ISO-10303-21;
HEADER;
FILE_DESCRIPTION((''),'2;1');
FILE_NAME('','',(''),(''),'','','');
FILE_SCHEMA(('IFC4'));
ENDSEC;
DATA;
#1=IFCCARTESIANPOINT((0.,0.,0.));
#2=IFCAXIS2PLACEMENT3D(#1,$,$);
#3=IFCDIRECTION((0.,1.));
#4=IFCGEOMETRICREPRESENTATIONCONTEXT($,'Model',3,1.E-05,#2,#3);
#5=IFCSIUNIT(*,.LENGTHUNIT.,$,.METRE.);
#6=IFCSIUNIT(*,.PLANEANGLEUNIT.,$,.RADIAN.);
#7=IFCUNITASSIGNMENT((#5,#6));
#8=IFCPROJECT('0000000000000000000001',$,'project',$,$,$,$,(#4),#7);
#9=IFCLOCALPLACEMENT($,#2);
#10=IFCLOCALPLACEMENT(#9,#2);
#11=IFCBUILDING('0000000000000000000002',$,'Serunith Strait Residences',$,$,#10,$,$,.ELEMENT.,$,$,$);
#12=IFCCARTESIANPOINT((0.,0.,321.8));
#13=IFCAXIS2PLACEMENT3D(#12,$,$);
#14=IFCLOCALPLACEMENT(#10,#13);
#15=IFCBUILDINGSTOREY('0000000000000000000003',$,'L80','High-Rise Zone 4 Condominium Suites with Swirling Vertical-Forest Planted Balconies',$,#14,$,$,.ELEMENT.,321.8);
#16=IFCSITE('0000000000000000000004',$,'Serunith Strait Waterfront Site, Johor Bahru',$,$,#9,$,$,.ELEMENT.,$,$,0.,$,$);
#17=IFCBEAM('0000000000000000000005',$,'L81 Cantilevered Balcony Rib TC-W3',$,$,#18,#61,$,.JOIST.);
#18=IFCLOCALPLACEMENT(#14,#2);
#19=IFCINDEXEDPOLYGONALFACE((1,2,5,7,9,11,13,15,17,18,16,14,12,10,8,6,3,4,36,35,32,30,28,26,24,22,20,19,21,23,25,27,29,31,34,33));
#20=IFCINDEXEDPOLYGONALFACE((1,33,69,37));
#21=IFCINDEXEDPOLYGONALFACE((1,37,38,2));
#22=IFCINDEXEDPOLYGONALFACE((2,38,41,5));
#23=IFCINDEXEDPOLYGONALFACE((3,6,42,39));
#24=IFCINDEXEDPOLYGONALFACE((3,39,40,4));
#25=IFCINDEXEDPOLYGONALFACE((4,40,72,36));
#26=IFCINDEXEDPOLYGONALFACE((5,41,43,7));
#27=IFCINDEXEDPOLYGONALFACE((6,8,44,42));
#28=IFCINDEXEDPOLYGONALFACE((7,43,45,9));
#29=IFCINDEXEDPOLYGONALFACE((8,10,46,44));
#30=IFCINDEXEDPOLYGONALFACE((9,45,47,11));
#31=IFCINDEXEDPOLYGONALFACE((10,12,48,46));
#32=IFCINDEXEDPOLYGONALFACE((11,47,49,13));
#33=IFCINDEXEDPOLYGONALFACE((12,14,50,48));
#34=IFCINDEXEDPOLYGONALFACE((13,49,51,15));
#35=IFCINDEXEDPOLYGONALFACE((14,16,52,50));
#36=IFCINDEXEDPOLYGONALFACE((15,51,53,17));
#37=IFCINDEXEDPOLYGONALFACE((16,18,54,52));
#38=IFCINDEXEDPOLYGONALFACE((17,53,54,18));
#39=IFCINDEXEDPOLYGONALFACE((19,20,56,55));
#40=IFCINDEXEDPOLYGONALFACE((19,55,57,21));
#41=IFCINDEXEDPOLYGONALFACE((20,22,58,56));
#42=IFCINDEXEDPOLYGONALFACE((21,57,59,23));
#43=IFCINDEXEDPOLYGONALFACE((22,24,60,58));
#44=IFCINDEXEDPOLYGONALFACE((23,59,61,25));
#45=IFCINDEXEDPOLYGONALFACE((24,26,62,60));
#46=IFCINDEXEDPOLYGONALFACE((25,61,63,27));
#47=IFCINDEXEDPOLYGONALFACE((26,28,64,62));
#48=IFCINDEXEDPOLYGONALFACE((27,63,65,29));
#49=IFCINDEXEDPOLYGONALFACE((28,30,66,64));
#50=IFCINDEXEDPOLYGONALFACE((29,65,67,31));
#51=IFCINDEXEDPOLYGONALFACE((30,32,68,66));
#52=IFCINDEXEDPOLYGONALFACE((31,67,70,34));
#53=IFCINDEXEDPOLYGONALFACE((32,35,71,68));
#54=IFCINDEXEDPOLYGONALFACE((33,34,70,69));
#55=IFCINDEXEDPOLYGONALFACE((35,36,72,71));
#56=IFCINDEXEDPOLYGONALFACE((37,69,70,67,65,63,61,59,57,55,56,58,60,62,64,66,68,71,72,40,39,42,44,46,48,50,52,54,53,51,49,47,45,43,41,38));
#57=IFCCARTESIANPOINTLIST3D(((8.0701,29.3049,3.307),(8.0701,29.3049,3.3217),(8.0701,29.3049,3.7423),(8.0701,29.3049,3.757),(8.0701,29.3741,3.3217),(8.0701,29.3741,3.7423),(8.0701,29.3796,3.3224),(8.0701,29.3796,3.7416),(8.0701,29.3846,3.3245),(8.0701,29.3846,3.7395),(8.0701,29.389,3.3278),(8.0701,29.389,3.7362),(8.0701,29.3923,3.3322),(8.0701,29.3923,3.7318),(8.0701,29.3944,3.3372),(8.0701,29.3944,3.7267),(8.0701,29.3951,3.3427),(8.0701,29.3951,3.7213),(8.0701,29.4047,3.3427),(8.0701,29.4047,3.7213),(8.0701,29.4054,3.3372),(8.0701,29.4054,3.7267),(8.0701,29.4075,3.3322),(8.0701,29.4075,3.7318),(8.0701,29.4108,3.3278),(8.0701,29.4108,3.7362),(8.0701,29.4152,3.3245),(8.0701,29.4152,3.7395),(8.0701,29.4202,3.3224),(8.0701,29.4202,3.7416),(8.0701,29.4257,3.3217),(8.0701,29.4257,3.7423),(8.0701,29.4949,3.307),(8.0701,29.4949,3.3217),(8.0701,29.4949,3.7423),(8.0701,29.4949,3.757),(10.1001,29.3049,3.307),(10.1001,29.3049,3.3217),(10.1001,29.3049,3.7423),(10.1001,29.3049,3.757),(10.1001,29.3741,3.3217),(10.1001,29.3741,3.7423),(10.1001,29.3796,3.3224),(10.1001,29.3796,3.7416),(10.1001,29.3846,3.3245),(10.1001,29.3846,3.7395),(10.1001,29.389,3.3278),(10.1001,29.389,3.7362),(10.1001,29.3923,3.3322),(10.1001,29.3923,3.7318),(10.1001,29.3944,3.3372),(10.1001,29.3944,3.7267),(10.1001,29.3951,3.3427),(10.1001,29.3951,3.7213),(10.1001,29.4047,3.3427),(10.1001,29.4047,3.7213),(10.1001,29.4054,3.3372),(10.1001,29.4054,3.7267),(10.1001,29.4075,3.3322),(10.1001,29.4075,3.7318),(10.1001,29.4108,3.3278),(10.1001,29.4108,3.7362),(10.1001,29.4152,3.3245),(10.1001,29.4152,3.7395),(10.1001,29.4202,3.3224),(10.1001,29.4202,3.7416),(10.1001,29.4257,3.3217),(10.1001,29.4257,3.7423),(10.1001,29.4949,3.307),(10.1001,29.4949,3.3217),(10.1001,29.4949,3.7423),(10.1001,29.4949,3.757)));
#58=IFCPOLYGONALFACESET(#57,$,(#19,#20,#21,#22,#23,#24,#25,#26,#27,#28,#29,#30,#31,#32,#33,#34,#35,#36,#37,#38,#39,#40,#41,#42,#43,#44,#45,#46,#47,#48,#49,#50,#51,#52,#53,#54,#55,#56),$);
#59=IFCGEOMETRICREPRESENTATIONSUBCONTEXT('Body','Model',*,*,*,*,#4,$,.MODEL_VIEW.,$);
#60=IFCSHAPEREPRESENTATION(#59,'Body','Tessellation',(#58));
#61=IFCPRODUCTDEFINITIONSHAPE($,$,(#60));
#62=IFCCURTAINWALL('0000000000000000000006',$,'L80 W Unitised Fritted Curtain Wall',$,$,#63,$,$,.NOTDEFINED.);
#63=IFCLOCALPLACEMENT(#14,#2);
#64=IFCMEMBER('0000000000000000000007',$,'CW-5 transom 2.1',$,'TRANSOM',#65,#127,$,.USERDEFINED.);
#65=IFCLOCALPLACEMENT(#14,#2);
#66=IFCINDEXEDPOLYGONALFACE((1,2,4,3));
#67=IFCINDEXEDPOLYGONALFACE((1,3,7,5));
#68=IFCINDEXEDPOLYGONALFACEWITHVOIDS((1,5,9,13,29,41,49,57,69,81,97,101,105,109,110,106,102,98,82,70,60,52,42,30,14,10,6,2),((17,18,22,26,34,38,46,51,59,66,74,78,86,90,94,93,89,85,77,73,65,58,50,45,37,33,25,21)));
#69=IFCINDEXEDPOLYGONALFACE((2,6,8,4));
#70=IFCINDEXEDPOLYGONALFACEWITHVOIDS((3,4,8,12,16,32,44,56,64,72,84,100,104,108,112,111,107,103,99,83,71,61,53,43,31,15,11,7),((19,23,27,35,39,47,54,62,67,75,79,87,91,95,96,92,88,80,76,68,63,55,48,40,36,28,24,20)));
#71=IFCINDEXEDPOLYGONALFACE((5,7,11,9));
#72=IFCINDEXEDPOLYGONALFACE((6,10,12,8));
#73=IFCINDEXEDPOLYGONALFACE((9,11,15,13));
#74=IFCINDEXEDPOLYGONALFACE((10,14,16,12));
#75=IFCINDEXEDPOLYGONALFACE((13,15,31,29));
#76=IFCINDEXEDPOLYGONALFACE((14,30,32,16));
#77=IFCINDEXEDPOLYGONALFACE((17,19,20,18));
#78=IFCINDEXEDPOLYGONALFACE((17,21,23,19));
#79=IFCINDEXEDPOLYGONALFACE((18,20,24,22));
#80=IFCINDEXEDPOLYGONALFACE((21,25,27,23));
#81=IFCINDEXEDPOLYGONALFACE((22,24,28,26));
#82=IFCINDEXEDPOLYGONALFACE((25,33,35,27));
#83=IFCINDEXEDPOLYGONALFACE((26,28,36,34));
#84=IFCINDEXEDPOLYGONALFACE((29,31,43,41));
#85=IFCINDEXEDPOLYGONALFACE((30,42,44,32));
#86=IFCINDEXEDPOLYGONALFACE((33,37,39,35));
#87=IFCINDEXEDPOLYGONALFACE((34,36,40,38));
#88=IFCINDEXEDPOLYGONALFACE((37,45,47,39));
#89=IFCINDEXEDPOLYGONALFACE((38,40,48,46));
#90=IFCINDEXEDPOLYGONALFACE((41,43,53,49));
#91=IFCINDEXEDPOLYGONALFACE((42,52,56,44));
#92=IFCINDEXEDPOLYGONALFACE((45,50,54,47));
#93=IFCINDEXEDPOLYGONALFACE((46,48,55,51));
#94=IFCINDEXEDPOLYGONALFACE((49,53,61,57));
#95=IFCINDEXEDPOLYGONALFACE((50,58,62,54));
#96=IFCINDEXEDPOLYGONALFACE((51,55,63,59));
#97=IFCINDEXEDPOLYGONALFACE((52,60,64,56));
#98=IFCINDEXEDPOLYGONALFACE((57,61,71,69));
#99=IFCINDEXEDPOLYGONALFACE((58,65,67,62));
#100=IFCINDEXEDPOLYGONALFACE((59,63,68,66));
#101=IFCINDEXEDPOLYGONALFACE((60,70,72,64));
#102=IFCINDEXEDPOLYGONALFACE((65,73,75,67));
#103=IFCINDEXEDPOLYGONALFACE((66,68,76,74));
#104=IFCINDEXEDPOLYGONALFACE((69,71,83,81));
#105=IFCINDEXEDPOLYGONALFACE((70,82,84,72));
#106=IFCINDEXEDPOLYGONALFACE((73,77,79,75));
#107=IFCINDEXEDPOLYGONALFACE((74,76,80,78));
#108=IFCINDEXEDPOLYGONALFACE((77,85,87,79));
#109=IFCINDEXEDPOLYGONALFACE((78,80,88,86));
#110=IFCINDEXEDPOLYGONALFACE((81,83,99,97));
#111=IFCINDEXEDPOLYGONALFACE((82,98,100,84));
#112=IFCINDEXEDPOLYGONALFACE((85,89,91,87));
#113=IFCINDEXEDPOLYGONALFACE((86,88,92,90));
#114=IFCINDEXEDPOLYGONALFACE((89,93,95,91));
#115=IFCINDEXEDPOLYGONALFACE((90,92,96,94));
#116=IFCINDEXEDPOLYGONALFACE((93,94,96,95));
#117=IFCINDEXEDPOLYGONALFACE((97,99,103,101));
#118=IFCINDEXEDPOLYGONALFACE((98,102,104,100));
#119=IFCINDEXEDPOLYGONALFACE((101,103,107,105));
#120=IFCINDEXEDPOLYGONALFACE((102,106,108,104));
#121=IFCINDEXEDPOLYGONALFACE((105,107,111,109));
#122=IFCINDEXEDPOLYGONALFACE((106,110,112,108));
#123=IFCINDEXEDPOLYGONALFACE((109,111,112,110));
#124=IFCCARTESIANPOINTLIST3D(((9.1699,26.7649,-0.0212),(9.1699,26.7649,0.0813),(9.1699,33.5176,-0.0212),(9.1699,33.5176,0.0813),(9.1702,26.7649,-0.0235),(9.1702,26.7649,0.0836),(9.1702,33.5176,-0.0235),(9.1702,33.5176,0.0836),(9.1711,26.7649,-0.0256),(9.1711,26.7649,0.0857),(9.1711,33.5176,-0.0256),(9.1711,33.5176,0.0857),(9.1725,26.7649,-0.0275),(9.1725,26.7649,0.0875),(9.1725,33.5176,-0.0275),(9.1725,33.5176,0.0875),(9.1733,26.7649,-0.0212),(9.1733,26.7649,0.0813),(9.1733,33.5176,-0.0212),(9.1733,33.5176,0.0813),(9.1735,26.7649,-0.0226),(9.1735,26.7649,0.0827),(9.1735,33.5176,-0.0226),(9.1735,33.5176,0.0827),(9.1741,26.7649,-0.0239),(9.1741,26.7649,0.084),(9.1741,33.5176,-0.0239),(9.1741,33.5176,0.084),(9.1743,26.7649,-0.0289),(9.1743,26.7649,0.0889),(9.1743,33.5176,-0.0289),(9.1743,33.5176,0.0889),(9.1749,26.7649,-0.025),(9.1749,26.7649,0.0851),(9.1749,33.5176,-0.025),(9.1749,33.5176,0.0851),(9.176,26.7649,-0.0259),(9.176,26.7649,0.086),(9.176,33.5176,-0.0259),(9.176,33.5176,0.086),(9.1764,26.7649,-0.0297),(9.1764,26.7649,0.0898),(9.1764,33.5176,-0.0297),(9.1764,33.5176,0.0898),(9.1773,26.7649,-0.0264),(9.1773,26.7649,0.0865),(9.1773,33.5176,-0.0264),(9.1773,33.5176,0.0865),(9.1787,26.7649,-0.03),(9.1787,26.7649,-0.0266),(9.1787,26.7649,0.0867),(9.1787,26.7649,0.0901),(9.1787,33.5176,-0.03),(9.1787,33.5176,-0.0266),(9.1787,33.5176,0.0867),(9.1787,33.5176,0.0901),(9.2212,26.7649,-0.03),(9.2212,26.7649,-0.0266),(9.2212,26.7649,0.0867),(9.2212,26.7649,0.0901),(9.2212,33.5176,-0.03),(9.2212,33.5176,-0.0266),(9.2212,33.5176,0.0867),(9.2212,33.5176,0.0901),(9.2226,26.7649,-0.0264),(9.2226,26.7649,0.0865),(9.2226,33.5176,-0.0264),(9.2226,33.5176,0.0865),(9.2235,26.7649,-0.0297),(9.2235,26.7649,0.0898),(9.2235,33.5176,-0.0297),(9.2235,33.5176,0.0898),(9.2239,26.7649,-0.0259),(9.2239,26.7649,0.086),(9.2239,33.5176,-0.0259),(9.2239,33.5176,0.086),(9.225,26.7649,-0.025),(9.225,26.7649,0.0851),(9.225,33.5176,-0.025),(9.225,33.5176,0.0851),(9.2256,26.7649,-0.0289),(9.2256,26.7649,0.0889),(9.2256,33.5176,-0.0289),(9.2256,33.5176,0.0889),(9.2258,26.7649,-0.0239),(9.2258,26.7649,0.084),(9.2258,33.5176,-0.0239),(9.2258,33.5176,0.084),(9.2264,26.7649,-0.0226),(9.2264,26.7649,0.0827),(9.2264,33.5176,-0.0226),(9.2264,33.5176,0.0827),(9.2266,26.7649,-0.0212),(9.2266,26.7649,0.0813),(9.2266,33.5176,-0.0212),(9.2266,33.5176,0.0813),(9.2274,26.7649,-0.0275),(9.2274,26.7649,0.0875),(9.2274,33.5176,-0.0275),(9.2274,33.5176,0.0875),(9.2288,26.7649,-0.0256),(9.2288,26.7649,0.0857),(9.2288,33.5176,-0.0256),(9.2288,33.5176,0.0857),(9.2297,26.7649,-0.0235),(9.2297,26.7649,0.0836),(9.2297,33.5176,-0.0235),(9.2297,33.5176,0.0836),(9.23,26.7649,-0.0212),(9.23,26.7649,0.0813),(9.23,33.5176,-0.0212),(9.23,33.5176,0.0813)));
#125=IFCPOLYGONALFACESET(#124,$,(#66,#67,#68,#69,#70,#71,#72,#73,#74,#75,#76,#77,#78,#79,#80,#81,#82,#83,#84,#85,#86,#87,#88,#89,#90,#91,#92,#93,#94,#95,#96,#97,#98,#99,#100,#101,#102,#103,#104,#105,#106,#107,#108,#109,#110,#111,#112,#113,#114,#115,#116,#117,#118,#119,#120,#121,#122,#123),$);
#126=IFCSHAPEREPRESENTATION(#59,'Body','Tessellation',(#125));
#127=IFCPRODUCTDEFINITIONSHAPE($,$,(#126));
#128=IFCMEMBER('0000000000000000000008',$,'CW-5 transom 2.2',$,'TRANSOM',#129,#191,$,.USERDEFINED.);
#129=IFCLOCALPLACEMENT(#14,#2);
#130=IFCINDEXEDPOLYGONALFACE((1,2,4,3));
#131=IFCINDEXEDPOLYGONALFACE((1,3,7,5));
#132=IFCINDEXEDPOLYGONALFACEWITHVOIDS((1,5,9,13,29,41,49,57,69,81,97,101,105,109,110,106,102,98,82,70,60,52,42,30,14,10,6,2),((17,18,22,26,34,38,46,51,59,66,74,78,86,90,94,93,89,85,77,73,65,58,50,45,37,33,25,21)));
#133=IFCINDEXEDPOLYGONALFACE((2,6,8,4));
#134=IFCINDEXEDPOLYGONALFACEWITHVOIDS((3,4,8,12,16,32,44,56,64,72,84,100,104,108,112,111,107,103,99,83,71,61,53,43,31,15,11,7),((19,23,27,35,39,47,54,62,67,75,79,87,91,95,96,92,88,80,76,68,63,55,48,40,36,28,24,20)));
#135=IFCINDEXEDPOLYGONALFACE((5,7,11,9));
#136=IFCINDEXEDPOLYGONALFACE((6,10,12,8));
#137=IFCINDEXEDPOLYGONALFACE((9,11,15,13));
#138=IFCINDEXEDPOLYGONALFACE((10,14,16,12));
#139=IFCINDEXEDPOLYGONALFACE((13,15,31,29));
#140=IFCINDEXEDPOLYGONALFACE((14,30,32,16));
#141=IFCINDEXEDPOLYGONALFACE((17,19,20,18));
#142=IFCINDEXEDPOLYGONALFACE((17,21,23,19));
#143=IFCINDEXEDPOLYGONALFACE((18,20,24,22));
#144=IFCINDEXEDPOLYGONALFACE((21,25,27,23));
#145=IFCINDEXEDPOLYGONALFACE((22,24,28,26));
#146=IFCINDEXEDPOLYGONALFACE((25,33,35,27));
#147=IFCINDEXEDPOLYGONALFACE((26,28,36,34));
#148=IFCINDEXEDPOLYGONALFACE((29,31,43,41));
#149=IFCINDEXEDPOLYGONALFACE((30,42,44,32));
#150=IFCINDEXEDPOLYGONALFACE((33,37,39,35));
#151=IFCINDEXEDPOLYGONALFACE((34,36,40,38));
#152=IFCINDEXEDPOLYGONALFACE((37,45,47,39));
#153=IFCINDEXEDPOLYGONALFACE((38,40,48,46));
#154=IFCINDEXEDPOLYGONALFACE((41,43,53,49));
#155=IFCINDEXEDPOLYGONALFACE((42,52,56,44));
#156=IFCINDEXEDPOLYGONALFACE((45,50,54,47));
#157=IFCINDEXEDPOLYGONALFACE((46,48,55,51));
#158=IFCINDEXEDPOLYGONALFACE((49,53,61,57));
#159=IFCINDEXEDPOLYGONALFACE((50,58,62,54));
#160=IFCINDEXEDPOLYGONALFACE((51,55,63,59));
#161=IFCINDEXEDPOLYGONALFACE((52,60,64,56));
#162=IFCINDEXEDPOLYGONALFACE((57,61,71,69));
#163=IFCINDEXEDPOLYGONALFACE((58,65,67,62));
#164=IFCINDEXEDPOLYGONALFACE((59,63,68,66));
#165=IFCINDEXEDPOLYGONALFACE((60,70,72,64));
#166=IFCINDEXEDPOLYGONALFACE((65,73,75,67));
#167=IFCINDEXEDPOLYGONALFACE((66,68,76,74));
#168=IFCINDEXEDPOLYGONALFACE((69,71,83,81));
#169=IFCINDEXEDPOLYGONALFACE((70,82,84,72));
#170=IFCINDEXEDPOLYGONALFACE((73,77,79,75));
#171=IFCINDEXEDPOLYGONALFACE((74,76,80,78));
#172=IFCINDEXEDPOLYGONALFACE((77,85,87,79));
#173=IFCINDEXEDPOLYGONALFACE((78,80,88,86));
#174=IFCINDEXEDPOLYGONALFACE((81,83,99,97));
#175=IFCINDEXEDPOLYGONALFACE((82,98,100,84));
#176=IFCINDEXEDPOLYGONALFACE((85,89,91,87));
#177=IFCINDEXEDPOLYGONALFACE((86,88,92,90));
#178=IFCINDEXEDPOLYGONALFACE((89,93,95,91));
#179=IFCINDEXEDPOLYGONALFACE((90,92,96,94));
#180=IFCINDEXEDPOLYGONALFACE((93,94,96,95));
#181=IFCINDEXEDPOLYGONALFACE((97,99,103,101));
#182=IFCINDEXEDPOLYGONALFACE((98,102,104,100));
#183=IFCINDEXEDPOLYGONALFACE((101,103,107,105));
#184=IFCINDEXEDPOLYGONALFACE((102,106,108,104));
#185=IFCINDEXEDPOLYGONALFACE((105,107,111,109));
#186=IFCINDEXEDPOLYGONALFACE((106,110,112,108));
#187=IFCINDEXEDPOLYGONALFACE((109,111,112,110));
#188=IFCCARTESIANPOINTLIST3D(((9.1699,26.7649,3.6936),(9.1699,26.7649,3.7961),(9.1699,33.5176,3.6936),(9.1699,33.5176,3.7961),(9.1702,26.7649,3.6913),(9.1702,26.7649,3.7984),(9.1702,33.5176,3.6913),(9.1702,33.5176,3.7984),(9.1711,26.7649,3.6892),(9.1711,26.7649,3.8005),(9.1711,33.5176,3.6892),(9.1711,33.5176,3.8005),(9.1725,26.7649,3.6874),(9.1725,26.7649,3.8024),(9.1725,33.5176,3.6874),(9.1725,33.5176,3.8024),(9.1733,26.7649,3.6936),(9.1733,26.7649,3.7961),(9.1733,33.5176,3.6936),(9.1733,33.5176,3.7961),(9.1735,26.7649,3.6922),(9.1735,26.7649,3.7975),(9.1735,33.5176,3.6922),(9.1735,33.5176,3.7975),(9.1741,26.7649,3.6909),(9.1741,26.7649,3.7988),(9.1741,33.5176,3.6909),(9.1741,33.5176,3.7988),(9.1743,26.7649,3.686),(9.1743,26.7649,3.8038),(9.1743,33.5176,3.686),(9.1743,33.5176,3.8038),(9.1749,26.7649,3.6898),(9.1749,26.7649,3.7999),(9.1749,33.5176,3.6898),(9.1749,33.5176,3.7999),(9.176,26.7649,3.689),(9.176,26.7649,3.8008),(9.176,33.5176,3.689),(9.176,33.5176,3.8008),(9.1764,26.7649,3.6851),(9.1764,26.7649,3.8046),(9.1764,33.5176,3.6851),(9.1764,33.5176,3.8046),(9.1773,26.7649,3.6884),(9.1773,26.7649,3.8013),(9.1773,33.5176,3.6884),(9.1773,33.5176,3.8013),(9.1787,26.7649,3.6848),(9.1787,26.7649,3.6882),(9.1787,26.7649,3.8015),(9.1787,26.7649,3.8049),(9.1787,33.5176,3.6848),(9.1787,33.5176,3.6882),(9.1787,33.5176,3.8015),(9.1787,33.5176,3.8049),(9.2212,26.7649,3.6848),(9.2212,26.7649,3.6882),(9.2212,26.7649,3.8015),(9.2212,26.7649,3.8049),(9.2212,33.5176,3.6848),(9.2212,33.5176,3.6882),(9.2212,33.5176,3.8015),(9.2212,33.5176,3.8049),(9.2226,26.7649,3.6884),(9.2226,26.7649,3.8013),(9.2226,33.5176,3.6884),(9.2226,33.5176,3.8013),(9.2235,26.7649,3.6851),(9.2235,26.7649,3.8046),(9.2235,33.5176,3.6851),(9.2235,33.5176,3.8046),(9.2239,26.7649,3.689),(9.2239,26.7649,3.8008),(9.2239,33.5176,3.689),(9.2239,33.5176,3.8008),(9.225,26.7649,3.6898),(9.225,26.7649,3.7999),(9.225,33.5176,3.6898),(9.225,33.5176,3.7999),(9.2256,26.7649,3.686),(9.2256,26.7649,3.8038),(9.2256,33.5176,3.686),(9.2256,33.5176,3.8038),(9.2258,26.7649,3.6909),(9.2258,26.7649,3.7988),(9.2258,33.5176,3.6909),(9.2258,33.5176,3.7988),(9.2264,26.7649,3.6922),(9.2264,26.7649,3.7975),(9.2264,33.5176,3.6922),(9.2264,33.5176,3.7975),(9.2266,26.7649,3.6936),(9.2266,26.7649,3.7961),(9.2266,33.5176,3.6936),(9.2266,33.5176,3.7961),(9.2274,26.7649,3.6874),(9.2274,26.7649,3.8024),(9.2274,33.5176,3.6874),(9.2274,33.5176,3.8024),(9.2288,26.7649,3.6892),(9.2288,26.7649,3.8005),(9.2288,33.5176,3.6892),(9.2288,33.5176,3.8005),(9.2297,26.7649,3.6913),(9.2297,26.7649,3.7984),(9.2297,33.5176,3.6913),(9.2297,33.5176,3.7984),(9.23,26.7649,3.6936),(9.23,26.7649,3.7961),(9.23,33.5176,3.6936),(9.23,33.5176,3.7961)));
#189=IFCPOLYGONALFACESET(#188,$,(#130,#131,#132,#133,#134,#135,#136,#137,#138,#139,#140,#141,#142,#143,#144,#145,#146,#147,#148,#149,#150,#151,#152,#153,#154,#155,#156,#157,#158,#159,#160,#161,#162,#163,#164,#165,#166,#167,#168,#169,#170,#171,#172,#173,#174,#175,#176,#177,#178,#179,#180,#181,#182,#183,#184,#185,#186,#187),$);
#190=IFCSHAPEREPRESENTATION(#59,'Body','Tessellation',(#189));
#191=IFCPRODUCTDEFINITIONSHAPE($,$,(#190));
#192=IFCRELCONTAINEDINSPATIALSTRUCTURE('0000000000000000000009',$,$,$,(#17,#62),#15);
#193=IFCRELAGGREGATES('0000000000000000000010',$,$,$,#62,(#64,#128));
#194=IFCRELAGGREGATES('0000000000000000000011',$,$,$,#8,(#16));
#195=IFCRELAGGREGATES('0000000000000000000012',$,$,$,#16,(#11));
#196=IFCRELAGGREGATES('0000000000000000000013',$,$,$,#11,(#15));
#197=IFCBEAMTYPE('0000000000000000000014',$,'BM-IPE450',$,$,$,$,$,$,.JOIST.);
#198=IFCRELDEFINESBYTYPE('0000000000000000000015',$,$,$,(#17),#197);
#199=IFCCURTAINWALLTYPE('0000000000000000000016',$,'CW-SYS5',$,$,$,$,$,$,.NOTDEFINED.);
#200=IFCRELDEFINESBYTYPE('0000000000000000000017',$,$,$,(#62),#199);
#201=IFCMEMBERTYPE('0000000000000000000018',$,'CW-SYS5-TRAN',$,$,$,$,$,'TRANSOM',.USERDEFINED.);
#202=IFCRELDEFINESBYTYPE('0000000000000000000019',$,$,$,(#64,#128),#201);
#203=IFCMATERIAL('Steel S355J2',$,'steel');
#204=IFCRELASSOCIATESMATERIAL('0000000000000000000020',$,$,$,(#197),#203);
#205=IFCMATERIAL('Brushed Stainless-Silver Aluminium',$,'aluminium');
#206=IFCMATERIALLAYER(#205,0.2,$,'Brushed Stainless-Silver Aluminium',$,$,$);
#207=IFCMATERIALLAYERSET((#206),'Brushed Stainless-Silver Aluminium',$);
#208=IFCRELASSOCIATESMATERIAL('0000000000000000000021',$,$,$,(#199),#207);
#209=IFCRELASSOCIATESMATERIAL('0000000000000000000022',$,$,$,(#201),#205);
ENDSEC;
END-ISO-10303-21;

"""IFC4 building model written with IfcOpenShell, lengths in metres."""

from ifc_helpers import new_model, si_unit, direction, frame, origin, origin_2d, place, context, subcontext, project, spatial, hollow_rectangle, i_section, extrude, source, transform, mapped, material, layer, layer_set, material_profile, profile_set, type_object, element, aggregate, save


model = new_model("IFC4")

# Units and contexts
model_context = context("Model", 3, precision=1e-05, world=origin(), true_north=direction((0.0, 1.0)))
body_context = subcontext(model_context, "Body", "Model", "MODEL_VIEW")
ifc_project = project(units=[si_unit("LENGTHUNIT", "METRE"), si_unit("PLANEANGLEUNIT", "RADIAN")], contexts=[model_context])

# Site, building, storey
site_placement = place(None, origin())
site = spatial("IfcSite", under=ifc_project, at=site_placement, Name="Serunith Strait Waterfront Site, Johor Bahru", CompositionType="ELEMENT", RefElevation=0.0)
building_placement = place(site_placement, origin())
building = spatial("IfcBuilding", under=site, at=building_placement, Name="Serunith Strait Residences", CompositionType="ELEMENT")
storey_placement = place(building_placement, frame((0.0, 0.0, 321.8)))
storey = spatial("IfcBuildingStorey", under=building, at=storey_placement, Name="L80", Description="High-Rise Zone 4 Condominium Suites with Swirling Vertical-Forest Planted Balconies", CompositionType="ELEMENT", Elevation=321.8)

# Beam
ifc_material_1 = material(Name="Steel S355J2", Category="steel")
ifc_material_profile_1 = material_profile(ifc_material_1, i_section(OverallWidth=0.1899, OverallDepth=0.45, WebThickness=0.0095, FlangeThickness=0.0146, FilletRadius=0.021, at=origin_2d()), Name="IPE 450")
ifc_profile_set_1 = profile_set([ifc_material_profile_1], Name="Steel S355J2")
beam_type_1 = type_object("IfcBeamType", Name="BM-IPE450", PredefinedType="JOIST", material=ifc_profile_set_1)
shared_shape_1 = source(origin(), body_context, "Body", "SweptSolid", [
    extrude(i_section(OverallWidth=0.1899, OverallDepth=0.45, WebThickness=0.0095, FlangeThickness=0.0146, FilletRadius=0.021, at=origin_2d()), origin(), (0.0, 0.0, 1.0), 2.03),
])
beam_1_placement = place(storey_placement, frame((10.1001, 29.3999, 3.532), z_axis=(-1.0, 0.0, 0.0), x_axis=(0.0, -1.0, 0.0)))
element("IfcBeam", 1, at=beam_1_placement, inside=storey, type_object=beam_type_1, Name="L81 Cantilevered Balcony Rib TC-W3", PredefinedType="JOIST", context=body_context, shape_type="MappedRepresentation", body=[
    mapped(shared_shape_1, transform((0.0, 0.0, 0.0), scale=1.0)),
])

# Curtain wall, members
ifc_material_2 = material(Name="Brushed Stainless-Silver Aluminium", Category="aluminium")
ifc_layer_1 = layer(ifc_material_2, 0.2, Name="Brushed Stainless-Silver Aluminium")
ifc_layer_set_1 = layer_set([ifc_layer_1], Name="Brushed Stainless-Silver Aluminium")
curtain_wall_type = type_object("IfcCurtainWallType", Name="CW-SYS5", PredefinedType="NOTDEFINED", material=ifc_layer_set_1)
curtain_wall_1_placement = place(storey_placement, origin())
curtain_wall_1 = element("IfcCurtainWall", 2, at=curtain_wall_1_placement, inside=storey, type_object=curtain_wall_type, Name="L80 W Unitised Fritted Curtain Wall", PredefinedType="NOTDEFINED")
ifc_material_profile_2 = material_profile(ifc_material_2, hollow_rectangle(XDim=0.0601, YDim=0.1201, WallThickness=0.0034, InnerFilletRadius=0.0054, OuterFilletRadius=0.0088, at=origin_2d()), Name="ALU 120x60x3.5")
ifc_profile_set_2 = profile_set([ifc_material_profile_2], Name="Brushed Stainless-Silver Aluminium")
member_type_1 = type_object("IfcMemberType", Name="CW-SYS5-TRAN", ElementType="TRANSOM", PredefinedType="USERDEFINED", material=ifc_profile_set_2)
shared_shape_2 = source(origin(), body_context, "Body", "SweptSolid", [
    extrude(hollow_rectangle(XDim=0.0601, YDim=0.1201, WallThickness=0.0034, InnerFilletRadius=0.0054, OuterFilletRadius=0.0088, at=origin_2d()), origin(), (0.0, 0.0, 1.0), 6.7527),
])
member_1_placement = place(storey_placement, frame((9.2, 33.5176, 0.03), z_axis=(0.0, -1.0, 0.0), x_axis=(1.0, 0.0, 0.0)))
member_1 = element("IfcMember", 3, at=member_1_placement, type_object=member_type_1, Name="CW-5 transom 2.1", ObjectType="TRANSOM", PredefinedType="USERDEFINED", context=body_context, shape_type="MappedRepresentation", body=[
    mapped(shared_shape_2, transform((0.0, 0.0, 0.0), scale=1.0)),
])
member_2_placement = place(storey_placement, frame((9.2, 33.5176, 3.7449), z_axis=(0.0, -1.0, 0.0), x_axis=(1.0, 0.0, 0.0)))
member_2 = element("IfcMember", 4, at=member_2_placement, type_object=member_type_1, Name="CW-5 transom 2.2", ObjectType="TRANSOM", PredefinedType="USERDEFINED", context=body_context, shape_type="MappedRepresentation", body=[
    mapped(shared_shape_2, transform((0.0, 0.0, 0.0), scale=1.0)),
])

aggregate(curtain_wall_1, [member_1, member_2])

save(model, "model.ifc")
